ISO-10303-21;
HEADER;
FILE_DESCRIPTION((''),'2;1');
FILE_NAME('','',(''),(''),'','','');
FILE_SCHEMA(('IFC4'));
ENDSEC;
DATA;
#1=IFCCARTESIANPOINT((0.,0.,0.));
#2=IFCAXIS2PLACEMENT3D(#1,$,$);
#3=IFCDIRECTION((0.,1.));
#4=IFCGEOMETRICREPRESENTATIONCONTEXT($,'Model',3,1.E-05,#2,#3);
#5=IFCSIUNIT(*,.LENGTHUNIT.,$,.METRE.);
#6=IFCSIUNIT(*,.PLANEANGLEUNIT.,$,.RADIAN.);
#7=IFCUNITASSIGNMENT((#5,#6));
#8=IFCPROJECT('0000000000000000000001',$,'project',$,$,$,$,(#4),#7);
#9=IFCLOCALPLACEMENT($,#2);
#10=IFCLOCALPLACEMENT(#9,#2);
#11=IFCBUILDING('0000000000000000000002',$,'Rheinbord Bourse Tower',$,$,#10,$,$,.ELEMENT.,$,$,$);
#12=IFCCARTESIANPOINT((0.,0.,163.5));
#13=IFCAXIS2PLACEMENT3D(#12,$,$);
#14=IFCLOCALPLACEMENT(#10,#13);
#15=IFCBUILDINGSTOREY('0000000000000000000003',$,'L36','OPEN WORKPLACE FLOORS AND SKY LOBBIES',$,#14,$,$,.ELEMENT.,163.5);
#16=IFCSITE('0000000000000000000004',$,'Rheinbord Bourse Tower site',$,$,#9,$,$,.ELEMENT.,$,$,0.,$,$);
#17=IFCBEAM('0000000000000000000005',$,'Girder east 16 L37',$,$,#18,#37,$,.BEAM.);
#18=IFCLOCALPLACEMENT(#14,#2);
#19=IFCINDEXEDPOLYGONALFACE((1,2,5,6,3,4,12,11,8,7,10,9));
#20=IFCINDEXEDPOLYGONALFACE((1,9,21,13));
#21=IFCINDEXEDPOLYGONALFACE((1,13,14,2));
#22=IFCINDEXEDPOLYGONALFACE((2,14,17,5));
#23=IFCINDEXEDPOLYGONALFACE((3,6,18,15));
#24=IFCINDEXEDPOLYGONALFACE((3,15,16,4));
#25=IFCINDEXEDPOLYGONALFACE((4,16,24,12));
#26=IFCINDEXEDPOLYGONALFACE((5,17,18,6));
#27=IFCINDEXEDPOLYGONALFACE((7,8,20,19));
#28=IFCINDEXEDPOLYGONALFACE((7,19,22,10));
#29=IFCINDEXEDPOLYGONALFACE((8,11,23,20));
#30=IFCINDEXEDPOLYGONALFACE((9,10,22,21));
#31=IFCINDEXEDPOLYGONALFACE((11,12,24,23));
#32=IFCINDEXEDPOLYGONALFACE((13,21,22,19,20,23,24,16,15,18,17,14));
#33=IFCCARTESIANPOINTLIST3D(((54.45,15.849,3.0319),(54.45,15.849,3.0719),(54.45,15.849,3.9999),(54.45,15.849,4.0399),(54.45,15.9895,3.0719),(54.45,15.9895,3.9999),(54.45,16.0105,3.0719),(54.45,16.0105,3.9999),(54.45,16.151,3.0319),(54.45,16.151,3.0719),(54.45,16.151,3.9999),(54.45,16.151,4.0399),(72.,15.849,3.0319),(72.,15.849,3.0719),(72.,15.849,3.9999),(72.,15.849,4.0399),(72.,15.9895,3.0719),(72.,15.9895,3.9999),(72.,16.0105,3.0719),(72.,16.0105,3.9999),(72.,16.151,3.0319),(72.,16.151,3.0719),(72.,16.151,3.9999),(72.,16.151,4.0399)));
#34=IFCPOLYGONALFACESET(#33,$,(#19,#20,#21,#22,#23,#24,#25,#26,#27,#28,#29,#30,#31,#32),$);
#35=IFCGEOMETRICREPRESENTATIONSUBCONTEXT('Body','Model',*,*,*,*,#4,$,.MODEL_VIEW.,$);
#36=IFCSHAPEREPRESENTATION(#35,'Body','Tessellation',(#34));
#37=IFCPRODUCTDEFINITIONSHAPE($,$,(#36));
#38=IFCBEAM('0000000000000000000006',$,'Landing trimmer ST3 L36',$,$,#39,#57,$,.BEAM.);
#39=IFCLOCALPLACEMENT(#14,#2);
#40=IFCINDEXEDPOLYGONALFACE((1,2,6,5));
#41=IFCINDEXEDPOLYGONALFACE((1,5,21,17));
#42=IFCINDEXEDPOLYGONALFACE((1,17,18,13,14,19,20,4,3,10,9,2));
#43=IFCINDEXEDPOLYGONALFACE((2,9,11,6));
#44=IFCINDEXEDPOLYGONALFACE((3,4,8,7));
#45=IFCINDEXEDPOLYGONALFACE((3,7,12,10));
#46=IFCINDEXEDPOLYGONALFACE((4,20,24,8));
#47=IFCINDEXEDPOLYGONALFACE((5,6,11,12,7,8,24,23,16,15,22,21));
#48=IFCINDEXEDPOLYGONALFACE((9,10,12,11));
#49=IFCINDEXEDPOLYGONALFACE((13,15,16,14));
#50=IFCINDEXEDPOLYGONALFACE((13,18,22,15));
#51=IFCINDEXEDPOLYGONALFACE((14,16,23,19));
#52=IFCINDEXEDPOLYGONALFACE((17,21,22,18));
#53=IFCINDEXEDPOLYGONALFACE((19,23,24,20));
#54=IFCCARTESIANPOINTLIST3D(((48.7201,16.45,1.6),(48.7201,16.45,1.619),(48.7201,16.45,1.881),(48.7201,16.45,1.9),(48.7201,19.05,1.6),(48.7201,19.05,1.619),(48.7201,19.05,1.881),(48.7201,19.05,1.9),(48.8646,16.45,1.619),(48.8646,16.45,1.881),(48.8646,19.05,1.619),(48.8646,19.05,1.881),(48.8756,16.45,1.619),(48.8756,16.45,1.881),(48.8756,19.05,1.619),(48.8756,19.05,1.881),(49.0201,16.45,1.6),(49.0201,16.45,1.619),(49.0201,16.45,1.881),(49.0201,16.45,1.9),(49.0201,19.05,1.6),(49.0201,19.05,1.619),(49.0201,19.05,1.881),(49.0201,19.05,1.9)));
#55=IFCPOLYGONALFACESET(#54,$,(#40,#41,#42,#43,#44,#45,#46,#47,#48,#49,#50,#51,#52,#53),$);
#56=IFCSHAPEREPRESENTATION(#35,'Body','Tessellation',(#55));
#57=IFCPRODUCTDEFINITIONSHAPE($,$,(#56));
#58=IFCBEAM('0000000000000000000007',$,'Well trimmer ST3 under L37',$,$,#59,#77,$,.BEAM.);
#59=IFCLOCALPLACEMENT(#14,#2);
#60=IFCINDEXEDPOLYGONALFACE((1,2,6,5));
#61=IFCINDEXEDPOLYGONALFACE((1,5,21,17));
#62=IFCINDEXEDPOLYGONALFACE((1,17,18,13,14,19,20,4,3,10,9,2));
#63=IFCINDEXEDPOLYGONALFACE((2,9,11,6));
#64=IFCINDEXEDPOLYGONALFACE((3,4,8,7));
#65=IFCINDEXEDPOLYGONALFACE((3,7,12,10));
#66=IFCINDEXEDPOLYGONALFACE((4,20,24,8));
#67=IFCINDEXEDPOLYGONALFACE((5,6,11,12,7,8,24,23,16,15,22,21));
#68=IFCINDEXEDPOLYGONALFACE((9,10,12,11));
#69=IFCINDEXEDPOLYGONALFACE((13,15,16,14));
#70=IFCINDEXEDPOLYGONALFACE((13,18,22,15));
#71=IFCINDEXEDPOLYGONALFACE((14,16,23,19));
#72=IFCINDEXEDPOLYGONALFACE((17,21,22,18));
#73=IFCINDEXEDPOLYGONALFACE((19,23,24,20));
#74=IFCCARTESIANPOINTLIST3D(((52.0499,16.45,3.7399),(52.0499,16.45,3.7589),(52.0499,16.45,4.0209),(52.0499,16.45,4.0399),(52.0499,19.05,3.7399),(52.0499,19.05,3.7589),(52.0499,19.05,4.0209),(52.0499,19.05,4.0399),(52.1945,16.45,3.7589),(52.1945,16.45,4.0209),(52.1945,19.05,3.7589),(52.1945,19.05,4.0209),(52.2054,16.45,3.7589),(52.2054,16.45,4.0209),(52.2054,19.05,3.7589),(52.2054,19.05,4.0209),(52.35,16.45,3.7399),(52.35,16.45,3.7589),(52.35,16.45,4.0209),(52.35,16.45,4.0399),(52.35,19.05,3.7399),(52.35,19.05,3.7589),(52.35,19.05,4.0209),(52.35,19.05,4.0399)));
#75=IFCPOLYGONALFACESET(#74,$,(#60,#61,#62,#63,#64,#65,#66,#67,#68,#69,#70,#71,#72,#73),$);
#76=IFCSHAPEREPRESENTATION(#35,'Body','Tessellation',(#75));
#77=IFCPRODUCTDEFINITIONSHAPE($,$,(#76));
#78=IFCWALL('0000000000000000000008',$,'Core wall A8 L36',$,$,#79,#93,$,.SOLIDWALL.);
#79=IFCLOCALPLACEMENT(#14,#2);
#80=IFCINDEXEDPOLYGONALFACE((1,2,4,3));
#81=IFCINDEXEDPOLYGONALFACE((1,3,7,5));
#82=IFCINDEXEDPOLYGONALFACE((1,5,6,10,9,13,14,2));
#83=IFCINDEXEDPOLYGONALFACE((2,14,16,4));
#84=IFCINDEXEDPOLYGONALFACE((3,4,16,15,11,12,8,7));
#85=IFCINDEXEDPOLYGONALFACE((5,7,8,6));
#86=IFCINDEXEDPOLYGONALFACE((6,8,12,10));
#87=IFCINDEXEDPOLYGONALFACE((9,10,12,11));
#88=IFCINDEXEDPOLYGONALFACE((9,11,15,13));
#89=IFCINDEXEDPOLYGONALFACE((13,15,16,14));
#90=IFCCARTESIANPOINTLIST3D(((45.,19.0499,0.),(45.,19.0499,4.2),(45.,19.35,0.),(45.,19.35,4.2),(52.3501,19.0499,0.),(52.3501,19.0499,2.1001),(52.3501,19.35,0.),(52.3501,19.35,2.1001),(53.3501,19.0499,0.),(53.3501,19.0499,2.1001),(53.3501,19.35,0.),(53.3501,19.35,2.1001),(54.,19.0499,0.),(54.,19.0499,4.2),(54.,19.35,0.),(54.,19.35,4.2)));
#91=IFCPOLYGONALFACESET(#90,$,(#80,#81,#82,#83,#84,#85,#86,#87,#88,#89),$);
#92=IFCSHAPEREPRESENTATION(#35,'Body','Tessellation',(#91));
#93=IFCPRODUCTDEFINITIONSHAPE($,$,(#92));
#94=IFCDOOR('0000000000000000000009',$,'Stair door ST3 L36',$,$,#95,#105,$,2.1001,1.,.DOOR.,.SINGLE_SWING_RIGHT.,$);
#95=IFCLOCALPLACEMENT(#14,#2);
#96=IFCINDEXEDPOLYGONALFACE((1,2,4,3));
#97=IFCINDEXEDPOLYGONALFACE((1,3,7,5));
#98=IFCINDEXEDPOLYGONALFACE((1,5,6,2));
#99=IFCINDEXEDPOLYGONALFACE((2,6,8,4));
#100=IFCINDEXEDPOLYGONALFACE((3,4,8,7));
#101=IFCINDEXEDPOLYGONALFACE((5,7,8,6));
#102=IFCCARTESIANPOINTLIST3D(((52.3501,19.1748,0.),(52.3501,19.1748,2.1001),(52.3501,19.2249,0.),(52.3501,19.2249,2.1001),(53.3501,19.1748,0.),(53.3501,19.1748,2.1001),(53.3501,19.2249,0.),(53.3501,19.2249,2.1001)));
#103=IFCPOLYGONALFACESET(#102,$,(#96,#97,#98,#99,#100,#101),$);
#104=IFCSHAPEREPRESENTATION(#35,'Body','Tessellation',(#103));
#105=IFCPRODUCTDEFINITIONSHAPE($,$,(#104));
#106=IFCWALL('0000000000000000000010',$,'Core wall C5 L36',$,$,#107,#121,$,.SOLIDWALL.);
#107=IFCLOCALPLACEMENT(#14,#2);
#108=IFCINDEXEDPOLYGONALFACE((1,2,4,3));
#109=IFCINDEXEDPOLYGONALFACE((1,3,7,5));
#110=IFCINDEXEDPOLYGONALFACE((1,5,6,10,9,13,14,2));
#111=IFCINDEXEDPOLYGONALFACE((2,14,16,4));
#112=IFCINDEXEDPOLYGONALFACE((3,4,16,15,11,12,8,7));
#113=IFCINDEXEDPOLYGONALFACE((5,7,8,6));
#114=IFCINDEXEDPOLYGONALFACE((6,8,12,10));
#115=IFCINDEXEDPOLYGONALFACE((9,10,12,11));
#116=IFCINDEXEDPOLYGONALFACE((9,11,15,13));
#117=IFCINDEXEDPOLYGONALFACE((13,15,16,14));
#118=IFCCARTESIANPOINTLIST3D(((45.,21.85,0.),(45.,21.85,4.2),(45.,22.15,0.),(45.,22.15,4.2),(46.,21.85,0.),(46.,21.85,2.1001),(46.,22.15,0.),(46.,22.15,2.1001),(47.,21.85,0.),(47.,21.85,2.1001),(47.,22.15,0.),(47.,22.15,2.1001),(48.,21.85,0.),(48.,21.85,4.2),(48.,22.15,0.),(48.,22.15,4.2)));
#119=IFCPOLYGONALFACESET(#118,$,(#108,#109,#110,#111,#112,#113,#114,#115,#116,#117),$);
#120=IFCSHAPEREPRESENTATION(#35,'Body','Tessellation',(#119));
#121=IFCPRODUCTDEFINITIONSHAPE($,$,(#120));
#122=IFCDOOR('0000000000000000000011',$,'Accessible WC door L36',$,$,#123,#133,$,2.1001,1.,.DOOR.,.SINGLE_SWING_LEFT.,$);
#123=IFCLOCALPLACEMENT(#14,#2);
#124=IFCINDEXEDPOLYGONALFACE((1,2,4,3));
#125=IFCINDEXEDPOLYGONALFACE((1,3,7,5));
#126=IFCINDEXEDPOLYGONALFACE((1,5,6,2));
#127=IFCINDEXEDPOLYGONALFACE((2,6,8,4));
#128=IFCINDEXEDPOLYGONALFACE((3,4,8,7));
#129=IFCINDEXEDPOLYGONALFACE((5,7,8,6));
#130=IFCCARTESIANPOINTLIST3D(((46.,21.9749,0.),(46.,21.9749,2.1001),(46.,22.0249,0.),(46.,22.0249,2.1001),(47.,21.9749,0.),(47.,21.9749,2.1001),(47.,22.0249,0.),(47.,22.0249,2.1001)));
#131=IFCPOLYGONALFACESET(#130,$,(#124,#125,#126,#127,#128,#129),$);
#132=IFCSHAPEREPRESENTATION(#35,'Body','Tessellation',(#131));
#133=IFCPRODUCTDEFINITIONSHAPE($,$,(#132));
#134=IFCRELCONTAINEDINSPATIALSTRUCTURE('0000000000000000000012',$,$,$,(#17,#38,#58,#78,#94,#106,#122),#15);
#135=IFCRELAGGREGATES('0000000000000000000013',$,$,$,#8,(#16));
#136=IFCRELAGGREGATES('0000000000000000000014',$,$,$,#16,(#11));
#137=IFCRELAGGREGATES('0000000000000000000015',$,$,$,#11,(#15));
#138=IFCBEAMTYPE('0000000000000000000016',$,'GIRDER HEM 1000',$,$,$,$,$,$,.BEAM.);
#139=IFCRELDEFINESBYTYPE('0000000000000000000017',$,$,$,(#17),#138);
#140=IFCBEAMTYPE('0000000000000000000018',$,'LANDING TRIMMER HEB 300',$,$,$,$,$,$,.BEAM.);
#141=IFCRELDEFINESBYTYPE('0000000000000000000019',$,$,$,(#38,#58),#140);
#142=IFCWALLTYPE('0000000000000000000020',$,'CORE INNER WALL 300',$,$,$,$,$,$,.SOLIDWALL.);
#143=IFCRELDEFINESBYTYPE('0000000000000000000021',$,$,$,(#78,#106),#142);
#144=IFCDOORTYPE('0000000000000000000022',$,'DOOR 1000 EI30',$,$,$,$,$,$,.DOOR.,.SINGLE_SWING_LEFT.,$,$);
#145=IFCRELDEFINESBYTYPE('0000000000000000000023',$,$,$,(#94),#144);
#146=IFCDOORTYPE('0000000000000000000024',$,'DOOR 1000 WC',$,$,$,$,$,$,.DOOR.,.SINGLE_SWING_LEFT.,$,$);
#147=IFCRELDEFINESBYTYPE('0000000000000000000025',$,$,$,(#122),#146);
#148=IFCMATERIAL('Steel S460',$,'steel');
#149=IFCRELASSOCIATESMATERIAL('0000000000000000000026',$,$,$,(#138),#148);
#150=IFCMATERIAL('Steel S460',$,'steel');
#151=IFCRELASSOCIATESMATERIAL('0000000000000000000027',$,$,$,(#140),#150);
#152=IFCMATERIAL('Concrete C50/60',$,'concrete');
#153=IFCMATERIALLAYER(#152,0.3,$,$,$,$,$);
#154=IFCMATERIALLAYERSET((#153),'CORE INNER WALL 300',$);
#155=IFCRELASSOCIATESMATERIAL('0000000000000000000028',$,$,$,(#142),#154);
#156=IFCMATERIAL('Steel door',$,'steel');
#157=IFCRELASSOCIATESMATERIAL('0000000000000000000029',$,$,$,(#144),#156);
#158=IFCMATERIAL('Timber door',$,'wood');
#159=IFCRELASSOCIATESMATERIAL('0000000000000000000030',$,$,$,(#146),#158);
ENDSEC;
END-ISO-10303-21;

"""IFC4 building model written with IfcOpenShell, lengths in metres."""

from ifc_helpers import new_model, si_unit, direction, frame, frame_2d, origin, origin_2d, place, context, subcontext, project, spatial, rectangle, i_section, extrude, material, layer, layer_set, material_profile, profile_set, type_object, element, fill, save


model = new_model("IFC4")

# Units and contexts
model_context = context("Model", 3, precision=1e-05, world=origin(), true_north=direction((0.0, 1.0)))
body_context = subcontext(model_context, "Body", "Model", "MODEL_VIEW")
ifc_project = project(units=[si_unit("LENGTHUNIT", "METRE"), si_unit("PLANEANGLEUNIT", "RADIAN")], contexts=[model_context])

# Site, building, storey
site_placement = place(None, origin())
site = spatial("IfcSite", under=ifc_project, at=site_placement, Name="Rheinbord Bourse Tower site", CompositionType="ELEMENT", RefElevation=0.0)
building_placement = place(site_placement, origin())
building = spatial("IfcBuilding", under=site, at=building_placement, Name="Rheinbord Bourse Tower", CompositionType="ELEMENT")
storey_placement = place(building_placement, frame((0.0, 0.0, 163.5)))
storey = spatial("IfcBuildingStorey", under=building, at=storey_placement, Name="L36", Description="OPEN WORKPLACE FLOORS AND SKY LOBBIES", CompositionType="ELEMENT", Elevation=163.5)

# Beams
ifc_material_1 = material(Name="Steel S460", Category="steel")
ifc_material_profile_1 = material_profile(ifc_material_1, i_section(OverallWidth=0.302, OverallDepth=1.0081, WebThickness=0.021, FlangeThickness=0.04, at=origin_2d()), Name="HEM 1000")
ifc_profile_set_1 = profile_set([ifc_material_profile_1], Name="Steel S460")
beam_type_1 = type_object("IfcBeamType", Name="GIRDER HEM 1000", PredefinedType="BEAM", material=ifc_profile_set_1)
beam_placement = place(storey_placement, frame((54.45, 16.0, 3.5359), z_axis=(1.0, 0.0, 0.0), x_axis=(0.0, 1.0, 0.0)))
element("IfcBeam", 1, at=beam_placement, inside=storey, type_object=beam_type_1, Name="Girder east 16 L37", PredefinedType="BEAM", context=body_context, shape_type="SweptSolid", body=[
    extrude(i_section(OverallWidth=0.302, OverallDepth=1.0081, WebThickness=0.021, FlangeThickness=0.04, at=origin_2d()), origin(), (0.0, 0.0, 1.0), 17.55),
])
ifc_material_2 = material(Name="Steel S460", Category="steel")
ifc_material_profile_2 = material_profile(ifc_material_2, i_section(OverallWidth=0.3, OverallDepth=0.3, WebThickness=0.011, FlangeThickness=0.019, at=origin_2d()), Name="HEB 300")
ifc_profile_set_2 = profile_set([ifc_material_profile_2], Name="Steel S460")
beam_type_2 = type_object("IfcBeamType", Name="LANDING TRIMMER HEB 300", PredefinedType="BEAM", material=ifc_profile_set_2)
for number, where, z_axis, x_axis, name in (
    (2, (48.8701, 16.45, 1.75), (0.0, 1.0, 0.0), (-1.0, 0.0, 0.0), "Landing trimmer ST3 L36"),
    (3, (52.2, 16.45, 3.8899), (0.0, 1.0, 0.0), (-1.0, 0.0, 0.0), "Well trimmer ST3 under L37"),
):
    element("IfcBeam", number, at=place(storey_placement, frame(where, z_axis=z_axis, x_axis=x_axis)), inside=storey, type_object=beam_type_2, Name=name, PredefinedType="BEAM", context=body_context, shape_type="SweptSolid", body=[
        extrude(i_section(OverallWidth=0.3, OverallDepth=0.3, WebThickness=0.011, FlangeThickness=0.019, at=origin_2d()), origin(), (0.0, 0.0, 1.0), 2.6001),
    ])

# Walls, openings, doors
ifc_material_3 = material(Name="Concrete C50/60", Category="concrete")
ifc_layer_1 = layer(ifc_material_3, 0.3)
ifc_layer_set_1 = layer_set([ifc_layer_1], Name="CORE INNER WALL 300")
wall_type_1 = type_object("IfcWallType", Name="CORE INNER WALL 300", PredefinedType="SOLIDWALL", material=ifc_layer_set_1)
wall_1_placement = place(storey_placement, frame((45.0, 19.2, 0.0), z_axis=(0.0, 0.0, 1.0), x_axis=(1.0, 0.0, 0.0)))
wall_1 = element("IfcWall", 4, at=wall_1_placement, inside=storey, type_object=wall_type_1, Name="Core wall A8 L36", PredefinedType="SOLIDWALL", context=body_context, shape_type="SweptSolid", body=[
    extrude(rectangle(XDim=9.0, YDim=0.3, at=frame_2d((4.5, 0.0))), origin(), (0.0, 0.0, 1.0), 4.2),
])
opening_1_placement = place(wall_1_placement, frame((7.3501, 0.0, 0.0)))
opening_1 = element("IfcOpeningElement", 5, at=opening_1_placement, cuts=wall_1, PredefinedType="OPENING", context=body_context, shape_type="SweptSolid", body=[
    extrude(rectangle(XDim=1.0, YDim=2.1001, at=frame_2d((0.5, 1.05))), frame((0.0, 0.1599, 0.0), z_axis=(0.0, -1.0, 0.0), x_axis=(1.0, 0.0, 0.0)), (0.0, 0.0, 1.0), 0.3201),
])
ifc_material_4 = material(Name="Steel door", Category="steel")
door_type_1 = type_object("IfcDoorType", Name="DOOR 1000 EI30", OperationType="SINGLE_SWING_LEFT", PredefinedType="DOOR", material=ifc_material_4)
door_1_placement = place(opening_1_placement, origin())
door_1 = element("IfcDoor", 6, at=door_1_placement, inside=storey, type_object=door_type_1, Name="Stair door ST3 L36", OperationType="SINGLE_SWING_RIGHT", OverallHeight=2.1001, OverallWidth=1.0, PredefinedType="DOOR", context=body_context, shape_type="SweptSolid", body=[
    extrude(rectangle(XDim=1.0, YDim=2.1001, at=frame_2d((0.5, 1.05))), frame((0.0, 0.0249, 0.0), z_axis=(0.0, -1.0, 0.0), x_axis=(1.0, 0.0, 0.0)), (0.0, 0.0, 1.0), 0.05),
])
fill(opening_1, door_1)
wall_2_placement = place(storey_placement, frame((45.0, 22.0, 0.0), z_axis=(0.0, 0.0, 1.0), x_axis=(1.0, 0.0, 0.0)))
wall_2 = element("IfcWall", 7, at=wall_2_placement, inside=storey, type_object=wall_type_1, Name="Core wall C5 L36", PredefinedType="SOLIDWALL", context=body_context, shape_type="SweptSolid", body=[
    extrude(rectangle(XDim=3.0, YDim=0.3, at=frame_2d((1.5, 0.0))), origin(), (0.0, 0.0, 1.0), 4.2),
])
opening_2_placement = place(wall_2_placement, frame((1.0, 0.0, 0.0)))
opening_2 = element("IfcOpeningElement", 8, at=opening_2_placement, cuts=wall_2, PredefinedType="OPENING", context=body_context, shape_type="SweptSolid", body=[
    extrude(rectangle(XDim=1.0, YDim=2.1001, at=frame_2d((0.5, 1.05))), frame((0.0, 0.1599, 0.0), z_axis=(0.0, -1.0, 0.0), x_axis=(1.0, 0.0, 0.0)), (0.0, 0.0, 1.0), 0.3201),
])
ifc_material_5 = material(Name="Timber door", Category="wood")
door_type_2 = type_object("IfcDoorType", Name="DOOR 1000 WC", OperationType="SINGLE_SWING_LEFT", PredefinedType="DOOR", material=ifc_material_5)
door_2_placement = place(opening_2_placement, origin())
door_2 = element("IfcDoor", 9, at=door_2_placement, inside=storey, type_object=door_type_2, Name="Accessible WC door L36", OperationType="SINGLE_SWING_LEFT", OverallHeight=2.1001, OverallWidth=1.0, PredefinedType="DOOR", context=body_context, shape_type="SweptSolid", body=[
    extrude(rectangle(XDim=1.0, YDim=2.1001, at=frame_2d((0.5, 1.05))), frame((0.0, 0.0249, 0.0), z_axis=(0.0, -1.0, 0.0), x_axis=(1.0, 0.0, 0.0)), (0.0, 0.0, 1.0), 0.05),
])
fill(opening_2, door_2)

save(model, "model.ifc")
